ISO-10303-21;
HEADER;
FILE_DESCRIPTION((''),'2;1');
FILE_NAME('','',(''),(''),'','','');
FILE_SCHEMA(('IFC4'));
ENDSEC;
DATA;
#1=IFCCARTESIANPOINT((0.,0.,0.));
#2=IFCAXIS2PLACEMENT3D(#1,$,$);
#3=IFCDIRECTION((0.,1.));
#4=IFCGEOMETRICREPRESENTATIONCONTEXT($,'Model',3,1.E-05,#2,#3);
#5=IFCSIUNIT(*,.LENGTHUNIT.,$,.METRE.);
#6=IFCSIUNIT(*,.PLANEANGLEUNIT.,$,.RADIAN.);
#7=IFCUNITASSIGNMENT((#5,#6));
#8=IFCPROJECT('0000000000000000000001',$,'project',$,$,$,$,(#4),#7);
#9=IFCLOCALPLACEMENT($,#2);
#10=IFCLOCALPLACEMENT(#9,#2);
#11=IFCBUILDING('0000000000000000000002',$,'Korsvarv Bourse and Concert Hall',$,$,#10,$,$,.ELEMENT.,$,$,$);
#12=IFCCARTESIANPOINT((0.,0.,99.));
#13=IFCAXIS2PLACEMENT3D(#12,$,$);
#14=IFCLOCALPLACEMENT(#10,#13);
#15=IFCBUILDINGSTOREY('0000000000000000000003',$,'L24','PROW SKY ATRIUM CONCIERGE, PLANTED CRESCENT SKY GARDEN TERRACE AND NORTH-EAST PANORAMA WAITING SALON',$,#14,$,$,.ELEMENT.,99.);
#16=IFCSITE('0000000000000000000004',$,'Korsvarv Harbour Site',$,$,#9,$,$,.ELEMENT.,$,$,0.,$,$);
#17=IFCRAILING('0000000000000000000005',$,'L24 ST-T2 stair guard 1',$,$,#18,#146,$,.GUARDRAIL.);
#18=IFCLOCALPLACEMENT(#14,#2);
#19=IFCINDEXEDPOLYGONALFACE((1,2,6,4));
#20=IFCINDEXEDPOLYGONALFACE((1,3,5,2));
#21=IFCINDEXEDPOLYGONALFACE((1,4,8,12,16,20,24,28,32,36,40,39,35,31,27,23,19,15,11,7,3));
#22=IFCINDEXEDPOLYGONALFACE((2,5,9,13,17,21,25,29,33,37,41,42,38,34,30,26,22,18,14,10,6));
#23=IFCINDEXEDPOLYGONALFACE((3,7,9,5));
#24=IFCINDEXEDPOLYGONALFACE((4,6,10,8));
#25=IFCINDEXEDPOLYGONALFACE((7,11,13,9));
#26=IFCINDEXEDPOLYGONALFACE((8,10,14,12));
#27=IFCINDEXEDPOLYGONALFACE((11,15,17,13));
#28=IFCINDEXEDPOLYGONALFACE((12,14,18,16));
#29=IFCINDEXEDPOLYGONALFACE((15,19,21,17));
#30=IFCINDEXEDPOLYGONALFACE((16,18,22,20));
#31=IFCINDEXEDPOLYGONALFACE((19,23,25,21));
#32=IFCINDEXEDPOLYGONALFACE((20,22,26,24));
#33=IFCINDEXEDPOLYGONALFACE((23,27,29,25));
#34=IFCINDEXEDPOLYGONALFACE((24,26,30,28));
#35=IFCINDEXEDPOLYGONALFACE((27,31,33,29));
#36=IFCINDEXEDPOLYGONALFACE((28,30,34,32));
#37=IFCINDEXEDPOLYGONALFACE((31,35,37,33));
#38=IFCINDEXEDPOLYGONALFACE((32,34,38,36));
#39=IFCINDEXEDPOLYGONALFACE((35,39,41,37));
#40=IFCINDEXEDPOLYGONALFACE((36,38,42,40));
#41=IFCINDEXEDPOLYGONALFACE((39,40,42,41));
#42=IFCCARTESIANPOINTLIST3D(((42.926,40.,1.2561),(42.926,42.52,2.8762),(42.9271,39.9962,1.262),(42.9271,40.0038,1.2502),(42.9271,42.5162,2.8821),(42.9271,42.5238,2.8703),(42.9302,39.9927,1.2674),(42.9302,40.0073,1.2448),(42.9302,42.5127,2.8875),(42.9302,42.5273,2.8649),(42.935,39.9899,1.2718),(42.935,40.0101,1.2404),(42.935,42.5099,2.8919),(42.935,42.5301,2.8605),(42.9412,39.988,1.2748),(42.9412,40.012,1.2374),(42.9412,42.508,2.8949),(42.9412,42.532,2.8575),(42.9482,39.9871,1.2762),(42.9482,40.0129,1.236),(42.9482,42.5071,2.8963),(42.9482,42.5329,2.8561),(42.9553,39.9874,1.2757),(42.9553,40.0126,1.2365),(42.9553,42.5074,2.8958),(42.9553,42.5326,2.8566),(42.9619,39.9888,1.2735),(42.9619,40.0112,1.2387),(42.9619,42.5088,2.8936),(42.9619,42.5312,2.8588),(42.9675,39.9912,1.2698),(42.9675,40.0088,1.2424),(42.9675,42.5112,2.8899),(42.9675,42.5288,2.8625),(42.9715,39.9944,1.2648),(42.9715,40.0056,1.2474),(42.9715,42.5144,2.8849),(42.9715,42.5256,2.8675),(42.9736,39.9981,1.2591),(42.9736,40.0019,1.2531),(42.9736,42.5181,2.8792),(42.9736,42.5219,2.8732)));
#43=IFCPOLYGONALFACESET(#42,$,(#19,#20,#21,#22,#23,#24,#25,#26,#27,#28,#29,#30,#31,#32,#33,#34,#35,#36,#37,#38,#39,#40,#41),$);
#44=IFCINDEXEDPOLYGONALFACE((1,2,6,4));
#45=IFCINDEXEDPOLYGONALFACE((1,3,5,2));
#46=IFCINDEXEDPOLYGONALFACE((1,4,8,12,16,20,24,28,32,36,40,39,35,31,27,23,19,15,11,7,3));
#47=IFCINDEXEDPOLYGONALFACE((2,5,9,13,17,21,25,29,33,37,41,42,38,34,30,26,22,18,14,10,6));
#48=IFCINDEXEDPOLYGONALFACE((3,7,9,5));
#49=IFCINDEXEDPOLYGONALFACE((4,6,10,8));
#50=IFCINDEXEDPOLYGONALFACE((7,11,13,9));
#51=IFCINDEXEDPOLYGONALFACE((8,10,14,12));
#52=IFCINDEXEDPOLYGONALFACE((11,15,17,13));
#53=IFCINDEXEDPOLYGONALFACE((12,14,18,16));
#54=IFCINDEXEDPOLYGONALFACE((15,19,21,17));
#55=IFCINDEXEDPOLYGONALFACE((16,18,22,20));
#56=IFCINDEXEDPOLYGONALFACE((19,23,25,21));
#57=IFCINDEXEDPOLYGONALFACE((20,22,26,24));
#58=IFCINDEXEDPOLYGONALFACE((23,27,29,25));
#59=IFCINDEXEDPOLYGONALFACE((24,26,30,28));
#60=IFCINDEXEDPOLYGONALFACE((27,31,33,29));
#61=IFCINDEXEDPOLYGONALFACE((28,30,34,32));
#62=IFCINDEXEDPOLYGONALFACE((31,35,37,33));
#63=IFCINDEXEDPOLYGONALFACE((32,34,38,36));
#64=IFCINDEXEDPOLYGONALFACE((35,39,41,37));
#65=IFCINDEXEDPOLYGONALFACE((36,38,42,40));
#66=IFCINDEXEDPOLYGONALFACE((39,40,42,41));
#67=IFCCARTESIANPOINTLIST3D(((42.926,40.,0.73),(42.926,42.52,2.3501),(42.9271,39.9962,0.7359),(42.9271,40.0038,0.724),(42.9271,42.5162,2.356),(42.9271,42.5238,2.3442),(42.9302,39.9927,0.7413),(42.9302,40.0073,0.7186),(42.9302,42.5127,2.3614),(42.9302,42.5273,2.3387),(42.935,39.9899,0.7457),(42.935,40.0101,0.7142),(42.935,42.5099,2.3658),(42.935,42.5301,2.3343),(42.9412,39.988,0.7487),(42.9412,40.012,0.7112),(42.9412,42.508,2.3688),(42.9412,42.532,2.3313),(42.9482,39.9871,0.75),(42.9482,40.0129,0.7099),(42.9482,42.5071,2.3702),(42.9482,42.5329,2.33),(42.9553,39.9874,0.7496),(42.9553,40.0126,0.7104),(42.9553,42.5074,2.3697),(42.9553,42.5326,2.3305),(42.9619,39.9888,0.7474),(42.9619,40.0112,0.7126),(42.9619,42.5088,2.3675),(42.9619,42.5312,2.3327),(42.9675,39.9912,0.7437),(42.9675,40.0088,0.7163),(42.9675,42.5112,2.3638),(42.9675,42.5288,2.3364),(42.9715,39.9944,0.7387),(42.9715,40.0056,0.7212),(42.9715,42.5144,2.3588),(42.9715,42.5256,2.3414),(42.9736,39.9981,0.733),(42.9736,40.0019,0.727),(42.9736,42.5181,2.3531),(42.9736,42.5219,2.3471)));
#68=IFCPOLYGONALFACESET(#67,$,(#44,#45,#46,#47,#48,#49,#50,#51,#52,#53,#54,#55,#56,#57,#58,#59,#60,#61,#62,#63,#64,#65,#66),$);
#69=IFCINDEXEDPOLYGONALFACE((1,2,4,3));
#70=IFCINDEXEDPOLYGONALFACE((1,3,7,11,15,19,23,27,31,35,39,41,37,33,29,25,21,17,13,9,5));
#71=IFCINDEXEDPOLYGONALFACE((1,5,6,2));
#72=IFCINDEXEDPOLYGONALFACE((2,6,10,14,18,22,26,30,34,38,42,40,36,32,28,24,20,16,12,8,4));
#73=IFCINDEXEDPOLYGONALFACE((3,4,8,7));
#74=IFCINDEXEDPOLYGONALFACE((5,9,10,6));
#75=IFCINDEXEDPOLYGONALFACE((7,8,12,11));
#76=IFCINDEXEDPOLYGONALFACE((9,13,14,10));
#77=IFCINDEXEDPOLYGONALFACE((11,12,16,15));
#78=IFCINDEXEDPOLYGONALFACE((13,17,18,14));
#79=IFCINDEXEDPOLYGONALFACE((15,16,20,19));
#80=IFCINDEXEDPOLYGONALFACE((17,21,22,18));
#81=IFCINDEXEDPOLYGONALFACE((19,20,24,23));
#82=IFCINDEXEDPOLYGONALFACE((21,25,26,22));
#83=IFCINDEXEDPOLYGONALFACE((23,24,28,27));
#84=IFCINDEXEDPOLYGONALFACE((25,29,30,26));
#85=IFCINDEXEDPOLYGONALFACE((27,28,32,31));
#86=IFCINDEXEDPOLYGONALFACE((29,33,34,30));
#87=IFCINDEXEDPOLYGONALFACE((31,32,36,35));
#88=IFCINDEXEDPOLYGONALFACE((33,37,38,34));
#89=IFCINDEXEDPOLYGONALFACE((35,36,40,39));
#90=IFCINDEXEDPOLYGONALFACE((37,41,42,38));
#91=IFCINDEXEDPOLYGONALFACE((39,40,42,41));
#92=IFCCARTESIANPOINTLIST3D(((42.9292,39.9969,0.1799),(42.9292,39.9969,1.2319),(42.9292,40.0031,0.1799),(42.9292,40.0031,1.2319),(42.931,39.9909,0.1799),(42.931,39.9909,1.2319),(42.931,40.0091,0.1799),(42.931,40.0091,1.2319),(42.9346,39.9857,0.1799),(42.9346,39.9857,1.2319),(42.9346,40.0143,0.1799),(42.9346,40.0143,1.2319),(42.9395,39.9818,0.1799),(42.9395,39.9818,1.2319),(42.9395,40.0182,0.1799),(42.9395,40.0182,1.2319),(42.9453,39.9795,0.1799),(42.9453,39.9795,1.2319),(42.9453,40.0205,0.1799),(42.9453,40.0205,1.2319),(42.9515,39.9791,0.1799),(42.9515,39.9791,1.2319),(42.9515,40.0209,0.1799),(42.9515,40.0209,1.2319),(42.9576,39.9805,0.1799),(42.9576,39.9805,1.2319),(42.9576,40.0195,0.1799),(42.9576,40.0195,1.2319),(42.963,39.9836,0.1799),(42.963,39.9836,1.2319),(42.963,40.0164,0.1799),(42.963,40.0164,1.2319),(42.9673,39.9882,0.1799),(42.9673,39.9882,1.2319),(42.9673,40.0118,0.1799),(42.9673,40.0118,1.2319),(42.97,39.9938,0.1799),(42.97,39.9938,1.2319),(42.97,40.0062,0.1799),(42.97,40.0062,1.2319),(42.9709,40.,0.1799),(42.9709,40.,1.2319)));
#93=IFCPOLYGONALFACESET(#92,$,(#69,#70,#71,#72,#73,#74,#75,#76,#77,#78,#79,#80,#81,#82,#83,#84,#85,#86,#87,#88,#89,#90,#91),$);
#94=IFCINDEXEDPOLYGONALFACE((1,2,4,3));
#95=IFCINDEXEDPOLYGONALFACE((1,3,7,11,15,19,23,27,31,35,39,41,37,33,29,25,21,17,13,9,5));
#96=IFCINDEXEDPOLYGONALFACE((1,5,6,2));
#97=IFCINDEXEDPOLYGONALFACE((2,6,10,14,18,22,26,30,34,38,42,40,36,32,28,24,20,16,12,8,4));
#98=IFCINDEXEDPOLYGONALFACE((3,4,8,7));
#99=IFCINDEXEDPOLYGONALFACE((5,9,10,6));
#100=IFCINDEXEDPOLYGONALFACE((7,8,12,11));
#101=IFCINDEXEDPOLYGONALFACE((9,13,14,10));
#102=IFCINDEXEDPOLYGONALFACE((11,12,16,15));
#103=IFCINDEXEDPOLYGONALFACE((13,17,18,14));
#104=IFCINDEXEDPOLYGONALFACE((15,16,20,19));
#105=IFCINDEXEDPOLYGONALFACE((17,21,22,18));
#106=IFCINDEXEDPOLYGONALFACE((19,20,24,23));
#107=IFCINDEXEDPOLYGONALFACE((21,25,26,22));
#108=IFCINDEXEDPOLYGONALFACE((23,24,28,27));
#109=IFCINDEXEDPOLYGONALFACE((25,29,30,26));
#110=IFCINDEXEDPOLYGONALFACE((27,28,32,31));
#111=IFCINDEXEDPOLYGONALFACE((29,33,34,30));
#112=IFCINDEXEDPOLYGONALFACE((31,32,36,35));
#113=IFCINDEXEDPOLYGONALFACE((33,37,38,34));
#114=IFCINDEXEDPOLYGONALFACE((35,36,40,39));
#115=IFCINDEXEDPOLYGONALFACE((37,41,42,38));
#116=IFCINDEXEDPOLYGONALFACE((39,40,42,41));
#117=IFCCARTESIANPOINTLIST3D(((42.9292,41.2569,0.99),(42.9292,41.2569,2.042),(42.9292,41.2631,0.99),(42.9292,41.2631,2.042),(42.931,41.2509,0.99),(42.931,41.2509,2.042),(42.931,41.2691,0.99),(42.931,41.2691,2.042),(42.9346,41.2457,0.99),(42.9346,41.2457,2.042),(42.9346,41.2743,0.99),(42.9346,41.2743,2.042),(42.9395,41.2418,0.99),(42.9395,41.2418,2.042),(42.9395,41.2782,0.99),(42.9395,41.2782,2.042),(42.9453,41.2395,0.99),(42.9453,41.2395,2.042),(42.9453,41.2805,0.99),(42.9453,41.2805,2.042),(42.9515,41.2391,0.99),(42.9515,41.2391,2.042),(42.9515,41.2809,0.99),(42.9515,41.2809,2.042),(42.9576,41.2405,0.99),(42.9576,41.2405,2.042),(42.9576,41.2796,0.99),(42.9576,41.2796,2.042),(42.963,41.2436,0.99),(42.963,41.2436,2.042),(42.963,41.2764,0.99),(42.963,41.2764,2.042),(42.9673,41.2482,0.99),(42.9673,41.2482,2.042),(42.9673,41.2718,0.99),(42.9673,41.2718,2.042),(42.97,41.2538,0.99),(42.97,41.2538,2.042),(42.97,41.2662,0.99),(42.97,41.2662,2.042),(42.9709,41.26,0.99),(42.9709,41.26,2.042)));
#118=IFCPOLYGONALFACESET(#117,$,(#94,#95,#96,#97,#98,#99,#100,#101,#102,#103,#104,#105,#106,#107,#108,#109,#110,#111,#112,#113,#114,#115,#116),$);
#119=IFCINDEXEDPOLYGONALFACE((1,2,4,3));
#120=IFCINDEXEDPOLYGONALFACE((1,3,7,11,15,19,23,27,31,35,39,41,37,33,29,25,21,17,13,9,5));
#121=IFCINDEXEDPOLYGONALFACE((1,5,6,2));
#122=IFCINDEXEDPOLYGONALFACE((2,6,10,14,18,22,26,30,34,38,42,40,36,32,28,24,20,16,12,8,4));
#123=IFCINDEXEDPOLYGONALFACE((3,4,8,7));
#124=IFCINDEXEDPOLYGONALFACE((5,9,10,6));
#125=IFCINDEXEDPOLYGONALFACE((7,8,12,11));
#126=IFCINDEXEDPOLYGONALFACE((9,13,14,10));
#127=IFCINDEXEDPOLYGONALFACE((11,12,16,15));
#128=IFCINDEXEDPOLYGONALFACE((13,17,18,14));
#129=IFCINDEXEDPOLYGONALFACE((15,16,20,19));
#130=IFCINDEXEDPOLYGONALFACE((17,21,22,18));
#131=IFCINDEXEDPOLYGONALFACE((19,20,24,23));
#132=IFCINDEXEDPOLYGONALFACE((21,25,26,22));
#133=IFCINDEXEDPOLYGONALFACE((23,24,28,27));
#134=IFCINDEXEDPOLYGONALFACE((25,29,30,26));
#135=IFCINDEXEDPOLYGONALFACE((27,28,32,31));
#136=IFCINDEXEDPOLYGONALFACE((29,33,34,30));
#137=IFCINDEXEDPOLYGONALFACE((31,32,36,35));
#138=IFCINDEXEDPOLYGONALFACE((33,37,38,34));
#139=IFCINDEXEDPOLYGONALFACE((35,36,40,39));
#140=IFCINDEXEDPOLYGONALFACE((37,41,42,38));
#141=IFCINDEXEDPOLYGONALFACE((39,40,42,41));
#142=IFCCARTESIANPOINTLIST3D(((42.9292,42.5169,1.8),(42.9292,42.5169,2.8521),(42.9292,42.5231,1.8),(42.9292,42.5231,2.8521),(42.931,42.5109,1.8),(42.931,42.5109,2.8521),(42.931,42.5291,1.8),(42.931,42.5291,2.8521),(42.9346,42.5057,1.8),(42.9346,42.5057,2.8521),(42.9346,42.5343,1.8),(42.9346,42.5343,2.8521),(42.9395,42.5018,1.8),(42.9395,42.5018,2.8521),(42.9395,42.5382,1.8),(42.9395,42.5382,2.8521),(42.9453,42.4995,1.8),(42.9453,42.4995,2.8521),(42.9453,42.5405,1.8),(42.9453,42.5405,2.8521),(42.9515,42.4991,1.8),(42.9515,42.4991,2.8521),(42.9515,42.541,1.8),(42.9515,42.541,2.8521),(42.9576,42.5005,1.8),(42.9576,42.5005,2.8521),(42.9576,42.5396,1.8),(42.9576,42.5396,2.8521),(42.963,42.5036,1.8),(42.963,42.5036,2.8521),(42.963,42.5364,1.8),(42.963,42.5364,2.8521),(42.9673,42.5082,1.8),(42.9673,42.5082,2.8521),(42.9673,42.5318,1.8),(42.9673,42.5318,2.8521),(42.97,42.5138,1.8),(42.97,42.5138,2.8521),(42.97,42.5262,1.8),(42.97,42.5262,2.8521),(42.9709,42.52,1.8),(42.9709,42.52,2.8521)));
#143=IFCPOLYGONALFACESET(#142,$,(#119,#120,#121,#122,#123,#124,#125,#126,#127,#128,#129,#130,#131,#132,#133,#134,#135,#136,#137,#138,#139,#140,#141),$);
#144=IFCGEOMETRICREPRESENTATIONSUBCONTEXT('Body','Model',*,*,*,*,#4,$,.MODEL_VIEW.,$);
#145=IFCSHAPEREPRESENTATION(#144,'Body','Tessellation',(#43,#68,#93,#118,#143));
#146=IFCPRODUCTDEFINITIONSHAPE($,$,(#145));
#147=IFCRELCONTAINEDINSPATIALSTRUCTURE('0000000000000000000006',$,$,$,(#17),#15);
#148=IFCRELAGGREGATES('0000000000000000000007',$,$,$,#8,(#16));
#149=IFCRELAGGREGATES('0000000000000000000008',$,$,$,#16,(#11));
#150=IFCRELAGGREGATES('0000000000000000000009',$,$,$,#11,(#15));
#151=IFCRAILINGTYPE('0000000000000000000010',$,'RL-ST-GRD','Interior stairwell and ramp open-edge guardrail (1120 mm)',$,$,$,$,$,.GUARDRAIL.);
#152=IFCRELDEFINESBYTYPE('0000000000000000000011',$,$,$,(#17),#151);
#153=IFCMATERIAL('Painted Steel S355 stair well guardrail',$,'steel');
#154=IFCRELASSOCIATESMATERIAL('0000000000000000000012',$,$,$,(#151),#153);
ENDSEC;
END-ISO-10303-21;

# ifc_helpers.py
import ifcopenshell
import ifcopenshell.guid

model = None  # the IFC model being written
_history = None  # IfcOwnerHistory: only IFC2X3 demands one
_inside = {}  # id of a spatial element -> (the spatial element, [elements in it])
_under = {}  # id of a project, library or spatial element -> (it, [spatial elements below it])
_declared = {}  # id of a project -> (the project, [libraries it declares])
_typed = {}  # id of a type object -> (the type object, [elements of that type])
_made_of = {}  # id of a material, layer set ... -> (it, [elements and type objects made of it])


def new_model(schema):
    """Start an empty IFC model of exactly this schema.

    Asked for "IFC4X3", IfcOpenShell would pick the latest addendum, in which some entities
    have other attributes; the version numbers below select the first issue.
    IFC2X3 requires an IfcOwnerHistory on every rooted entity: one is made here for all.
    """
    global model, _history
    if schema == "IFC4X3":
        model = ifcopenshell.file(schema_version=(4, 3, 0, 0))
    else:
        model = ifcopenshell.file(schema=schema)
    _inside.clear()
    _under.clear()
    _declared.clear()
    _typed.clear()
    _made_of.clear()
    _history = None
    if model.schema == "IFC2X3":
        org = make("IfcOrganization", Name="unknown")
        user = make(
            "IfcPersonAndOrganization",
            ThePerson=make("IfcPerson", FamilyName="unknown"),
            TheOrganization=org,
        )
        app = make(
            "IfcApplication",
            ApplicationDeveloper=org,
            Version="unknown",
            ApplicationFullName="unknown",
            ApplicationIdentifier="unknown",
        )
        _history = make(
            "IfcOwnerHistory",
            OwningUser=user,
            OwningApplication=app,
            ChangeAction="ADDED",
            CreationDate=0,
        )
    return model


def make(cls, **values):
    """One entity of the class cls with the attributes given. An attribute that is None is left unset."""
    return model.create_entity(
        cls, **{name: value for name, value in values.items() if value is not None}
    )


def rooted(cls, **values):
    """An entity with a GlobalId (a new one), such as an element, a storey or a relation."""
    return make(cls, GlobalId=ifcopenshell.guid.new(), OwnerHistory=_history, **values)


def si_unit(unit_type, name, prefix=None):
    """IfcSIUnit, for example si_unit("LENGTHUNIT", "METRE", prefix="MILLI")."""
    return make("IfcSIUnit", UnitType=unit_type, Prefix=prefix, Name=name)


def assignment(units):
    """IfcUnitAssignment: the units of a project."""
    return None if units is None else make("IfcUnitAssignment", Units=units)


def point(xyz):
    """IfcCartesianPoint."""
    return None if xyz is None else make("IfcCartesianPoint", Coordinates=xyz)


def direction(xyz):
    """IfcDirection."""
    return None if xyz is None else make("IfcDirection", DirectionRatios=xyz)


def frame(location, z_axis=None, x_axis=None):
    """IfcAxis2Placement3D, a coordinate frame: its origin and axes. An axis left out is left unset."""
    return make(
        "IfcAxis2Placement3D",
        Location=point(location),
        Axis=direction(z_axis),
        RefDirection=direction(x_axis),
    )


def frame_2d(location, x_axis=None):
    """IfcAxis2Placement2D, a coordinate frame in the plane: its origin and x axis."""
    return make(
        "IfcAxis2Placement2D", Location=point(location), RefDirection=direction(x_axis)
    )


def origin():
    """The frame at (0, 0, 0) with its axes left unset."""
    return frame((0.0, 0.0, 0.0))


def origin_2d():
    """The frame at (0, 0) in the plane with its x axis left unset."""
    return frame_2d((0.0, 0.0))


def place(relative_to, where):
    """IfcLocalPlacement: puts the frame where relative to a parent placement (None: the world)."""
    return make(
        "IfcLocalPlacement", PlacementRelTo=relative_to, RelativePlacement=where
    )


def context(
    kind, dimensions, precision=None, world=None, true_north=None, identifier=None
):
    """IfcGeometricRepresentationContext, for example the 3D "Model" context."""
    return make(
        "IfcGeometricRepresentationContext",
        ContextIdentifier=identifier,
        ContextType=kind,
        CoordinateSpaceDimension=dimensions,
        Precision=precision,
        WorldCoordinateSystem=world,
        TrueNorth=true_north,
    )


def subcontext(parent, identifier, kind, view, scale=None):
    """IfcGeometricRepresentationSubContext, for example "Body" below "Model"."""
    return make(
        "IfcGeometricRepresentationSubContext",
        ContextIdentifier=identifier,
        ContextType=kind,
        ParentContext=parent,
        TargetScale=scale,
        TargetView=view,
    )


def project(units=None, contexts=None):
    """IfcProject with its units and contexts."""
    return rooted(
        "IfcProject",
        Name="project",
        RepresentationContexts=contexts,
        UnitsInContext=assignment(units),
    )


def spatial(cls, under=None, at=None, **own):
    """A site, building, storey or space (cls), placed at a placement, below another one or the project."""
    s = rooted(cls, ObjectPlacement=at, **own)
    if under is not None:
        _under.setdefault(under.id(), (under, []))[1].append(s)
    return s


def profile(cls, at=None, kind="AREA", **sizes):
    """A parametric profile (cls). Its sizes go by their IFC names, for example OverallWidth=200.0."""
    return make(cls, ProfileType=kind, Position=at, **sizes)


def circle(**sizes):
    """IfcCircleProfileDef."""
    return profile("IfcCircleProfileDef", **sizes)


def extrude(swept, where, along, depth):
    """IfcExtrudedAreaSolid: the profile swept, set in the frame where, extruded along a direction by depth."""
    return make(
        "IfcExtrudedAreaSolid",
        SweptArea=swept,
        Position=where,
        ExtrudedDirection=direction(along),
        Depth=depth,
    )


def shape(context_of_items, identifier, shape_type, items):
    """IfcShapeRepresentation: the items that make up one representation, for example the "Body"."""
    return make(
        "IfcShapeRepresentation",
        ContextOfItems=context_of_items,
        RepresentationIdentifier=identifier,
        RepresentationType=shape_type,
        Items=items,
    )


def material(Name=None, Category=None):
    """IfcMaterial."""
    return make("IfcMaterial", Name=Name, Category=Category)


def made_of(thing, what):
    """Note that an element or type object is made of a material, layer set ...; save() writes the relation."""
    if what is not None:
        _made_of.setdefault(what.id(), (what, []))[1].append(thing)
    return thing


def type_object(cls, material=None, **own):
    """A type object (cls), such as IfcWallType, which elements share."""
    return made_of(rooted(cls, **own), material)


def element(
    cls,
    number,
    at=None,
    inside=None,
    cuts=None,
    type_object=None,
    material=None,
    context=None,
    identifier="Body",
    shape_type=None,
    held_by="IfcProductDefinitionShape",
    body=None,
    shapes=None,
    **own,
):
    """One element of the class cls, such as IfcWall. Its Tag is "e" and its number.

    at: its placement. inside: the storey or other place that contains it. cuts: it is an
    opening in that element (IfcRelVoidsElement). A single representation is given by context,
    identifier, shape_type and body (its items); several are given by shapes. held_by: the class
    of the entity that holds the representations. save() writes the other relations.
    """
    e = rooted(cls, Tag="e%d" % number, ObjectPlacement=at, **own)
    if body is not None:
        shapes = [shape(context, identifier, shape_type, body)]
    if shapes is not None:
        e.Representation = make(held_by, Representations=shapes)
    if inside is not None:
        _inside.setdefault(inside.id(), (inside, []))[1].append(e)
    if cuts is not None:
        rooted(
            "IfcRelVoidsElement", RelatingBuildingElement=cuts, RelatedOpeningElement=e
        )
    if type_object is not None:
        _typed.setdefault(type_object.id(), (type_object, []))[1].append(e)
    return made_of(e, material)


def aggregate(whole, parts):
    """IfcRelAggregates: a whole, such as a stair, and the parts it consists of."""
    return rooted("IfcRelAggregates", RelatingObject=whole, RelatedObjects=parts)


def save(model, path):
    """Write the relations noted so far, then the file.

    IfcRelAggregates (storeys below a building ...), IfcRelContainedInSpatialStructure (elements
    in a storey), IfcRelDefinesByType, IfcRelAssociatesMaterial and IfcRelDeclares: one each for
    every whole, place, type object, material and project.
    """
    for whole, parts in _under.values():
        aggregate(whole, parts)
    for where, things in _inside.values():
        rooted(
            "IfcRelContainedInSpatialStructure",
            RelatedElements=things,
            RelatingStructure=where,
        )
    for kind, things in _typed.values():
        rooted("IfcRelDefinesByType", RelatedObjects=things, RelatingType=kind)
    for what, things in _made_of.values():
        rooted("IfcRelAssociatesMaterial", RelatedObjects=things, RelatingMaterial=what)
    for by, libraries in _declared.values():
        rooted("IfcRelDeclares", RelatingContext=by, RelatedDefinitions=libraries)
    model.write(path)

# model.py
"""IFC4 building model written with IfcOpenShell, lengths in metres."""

from ifc_helpers import new_model, si_unit, direction, frame, origin, origin_2d, place, context, subcontext, project, spatial, circle, extrude, material, type_object, element, save


model = new_model("IFC4")

# Units and contexts
model_context = context("Model", 3, precision=1e-05, world=origin(), true_north=direction((0.0, 1.0)))
body_context = subcontext(model_context, "Body", "Model", "MODEL_VIEW")
ifc_project = project(units=[si_unit("LENGTHUNIT", "METRE"), si_unit("PLANEANGLEUNIT", "RADIAN")], contexts=[model_context])

# Site, building, storey
site_placement = place(None, origin())
site = spatial("IfcSite", under=ifc_project, at=site_placement, Name="Korsvarv Harbour Site", CompositionType="ELEMENT", RefElevation=0.0)
building_placement = place(site_placement, origin())
building = spatial("IfcBuilding", under=site, at=building_placement, Name="Korsvarv Bourse and Concert Hall", CompositionType="ELEMENT")
storey_placement = place(building_placement, frame((0.0, 0.0, 99.0)))
storey = spatial("IfcBuildingStorey", under=building, at=storey_placement, Name="L24", Description="PROW SKY ATRIUM CONCIERGE, PLANTED CRESCENT SKY GARDEN TERRACE AND NORTH-EAST PANORAMA WAITING SALON", CompositionType="ELEMENT", Elevation=99.0)

# Railing
ifc_material_1 = material(Name="Painted Steel S355 stair well guardrail", Category="steel")
railing_type_1 = type_object("IfcRailingType", Name="RL-ST-GRD", Description="Interior stairwell and ramp open-edge guardrail (1120 mm)", PredefinedType="GUARDRAIL", material=ifc_material_1)
railing_1_placement = place(storey_placement, frame((42.95, 40.0, 0.1799)))
element("IfcRailing", 1, at=railing_1_placement, inside=storey, type_object=railing_type_1, Name="L24 ST-T2 stair guard 1", PredefinedType="GUARDRAIL", context=body_context, shape_type="SweptSolid", body=[
    extrude(circle(Radius=0.0239, at=origin_2d()), frame((0.0, 0.0, 1.0762), z_axis=(0.0, 0.841163, 0.540782), x_axis=(-1.0, 0.0, 0.0)), (0.0, 0.0, 1.0), 2.9958),
    extrude(circle(Radius=0.0239, at=origin_2d()), frame((0.0, 0.0, 0.55), z_axis=(0.0, 0.841163, 0.540782), x_axis=(-1.0, 0.0, 0.0)), (0.0, 0.0, 1.0), 2.9958),
    extrude(circle(Radius=0.021, at=origin_2d()), origin(), (0.0, 0.0, 1.0), 1.052),
    extrude(circle(Radius=0.021, at=origin_2d()), frame((0.0, 1.26, 0.8101)), (0.0, 0.0, 1.0), 1.052),
    extrude(circle(Radius=0.021, at=origin_2d()), frame((0.0, 2.52, 1.6201)), (0.0, 0.0, 1.0), 1.052),
])

save(model, "model.ifc")
